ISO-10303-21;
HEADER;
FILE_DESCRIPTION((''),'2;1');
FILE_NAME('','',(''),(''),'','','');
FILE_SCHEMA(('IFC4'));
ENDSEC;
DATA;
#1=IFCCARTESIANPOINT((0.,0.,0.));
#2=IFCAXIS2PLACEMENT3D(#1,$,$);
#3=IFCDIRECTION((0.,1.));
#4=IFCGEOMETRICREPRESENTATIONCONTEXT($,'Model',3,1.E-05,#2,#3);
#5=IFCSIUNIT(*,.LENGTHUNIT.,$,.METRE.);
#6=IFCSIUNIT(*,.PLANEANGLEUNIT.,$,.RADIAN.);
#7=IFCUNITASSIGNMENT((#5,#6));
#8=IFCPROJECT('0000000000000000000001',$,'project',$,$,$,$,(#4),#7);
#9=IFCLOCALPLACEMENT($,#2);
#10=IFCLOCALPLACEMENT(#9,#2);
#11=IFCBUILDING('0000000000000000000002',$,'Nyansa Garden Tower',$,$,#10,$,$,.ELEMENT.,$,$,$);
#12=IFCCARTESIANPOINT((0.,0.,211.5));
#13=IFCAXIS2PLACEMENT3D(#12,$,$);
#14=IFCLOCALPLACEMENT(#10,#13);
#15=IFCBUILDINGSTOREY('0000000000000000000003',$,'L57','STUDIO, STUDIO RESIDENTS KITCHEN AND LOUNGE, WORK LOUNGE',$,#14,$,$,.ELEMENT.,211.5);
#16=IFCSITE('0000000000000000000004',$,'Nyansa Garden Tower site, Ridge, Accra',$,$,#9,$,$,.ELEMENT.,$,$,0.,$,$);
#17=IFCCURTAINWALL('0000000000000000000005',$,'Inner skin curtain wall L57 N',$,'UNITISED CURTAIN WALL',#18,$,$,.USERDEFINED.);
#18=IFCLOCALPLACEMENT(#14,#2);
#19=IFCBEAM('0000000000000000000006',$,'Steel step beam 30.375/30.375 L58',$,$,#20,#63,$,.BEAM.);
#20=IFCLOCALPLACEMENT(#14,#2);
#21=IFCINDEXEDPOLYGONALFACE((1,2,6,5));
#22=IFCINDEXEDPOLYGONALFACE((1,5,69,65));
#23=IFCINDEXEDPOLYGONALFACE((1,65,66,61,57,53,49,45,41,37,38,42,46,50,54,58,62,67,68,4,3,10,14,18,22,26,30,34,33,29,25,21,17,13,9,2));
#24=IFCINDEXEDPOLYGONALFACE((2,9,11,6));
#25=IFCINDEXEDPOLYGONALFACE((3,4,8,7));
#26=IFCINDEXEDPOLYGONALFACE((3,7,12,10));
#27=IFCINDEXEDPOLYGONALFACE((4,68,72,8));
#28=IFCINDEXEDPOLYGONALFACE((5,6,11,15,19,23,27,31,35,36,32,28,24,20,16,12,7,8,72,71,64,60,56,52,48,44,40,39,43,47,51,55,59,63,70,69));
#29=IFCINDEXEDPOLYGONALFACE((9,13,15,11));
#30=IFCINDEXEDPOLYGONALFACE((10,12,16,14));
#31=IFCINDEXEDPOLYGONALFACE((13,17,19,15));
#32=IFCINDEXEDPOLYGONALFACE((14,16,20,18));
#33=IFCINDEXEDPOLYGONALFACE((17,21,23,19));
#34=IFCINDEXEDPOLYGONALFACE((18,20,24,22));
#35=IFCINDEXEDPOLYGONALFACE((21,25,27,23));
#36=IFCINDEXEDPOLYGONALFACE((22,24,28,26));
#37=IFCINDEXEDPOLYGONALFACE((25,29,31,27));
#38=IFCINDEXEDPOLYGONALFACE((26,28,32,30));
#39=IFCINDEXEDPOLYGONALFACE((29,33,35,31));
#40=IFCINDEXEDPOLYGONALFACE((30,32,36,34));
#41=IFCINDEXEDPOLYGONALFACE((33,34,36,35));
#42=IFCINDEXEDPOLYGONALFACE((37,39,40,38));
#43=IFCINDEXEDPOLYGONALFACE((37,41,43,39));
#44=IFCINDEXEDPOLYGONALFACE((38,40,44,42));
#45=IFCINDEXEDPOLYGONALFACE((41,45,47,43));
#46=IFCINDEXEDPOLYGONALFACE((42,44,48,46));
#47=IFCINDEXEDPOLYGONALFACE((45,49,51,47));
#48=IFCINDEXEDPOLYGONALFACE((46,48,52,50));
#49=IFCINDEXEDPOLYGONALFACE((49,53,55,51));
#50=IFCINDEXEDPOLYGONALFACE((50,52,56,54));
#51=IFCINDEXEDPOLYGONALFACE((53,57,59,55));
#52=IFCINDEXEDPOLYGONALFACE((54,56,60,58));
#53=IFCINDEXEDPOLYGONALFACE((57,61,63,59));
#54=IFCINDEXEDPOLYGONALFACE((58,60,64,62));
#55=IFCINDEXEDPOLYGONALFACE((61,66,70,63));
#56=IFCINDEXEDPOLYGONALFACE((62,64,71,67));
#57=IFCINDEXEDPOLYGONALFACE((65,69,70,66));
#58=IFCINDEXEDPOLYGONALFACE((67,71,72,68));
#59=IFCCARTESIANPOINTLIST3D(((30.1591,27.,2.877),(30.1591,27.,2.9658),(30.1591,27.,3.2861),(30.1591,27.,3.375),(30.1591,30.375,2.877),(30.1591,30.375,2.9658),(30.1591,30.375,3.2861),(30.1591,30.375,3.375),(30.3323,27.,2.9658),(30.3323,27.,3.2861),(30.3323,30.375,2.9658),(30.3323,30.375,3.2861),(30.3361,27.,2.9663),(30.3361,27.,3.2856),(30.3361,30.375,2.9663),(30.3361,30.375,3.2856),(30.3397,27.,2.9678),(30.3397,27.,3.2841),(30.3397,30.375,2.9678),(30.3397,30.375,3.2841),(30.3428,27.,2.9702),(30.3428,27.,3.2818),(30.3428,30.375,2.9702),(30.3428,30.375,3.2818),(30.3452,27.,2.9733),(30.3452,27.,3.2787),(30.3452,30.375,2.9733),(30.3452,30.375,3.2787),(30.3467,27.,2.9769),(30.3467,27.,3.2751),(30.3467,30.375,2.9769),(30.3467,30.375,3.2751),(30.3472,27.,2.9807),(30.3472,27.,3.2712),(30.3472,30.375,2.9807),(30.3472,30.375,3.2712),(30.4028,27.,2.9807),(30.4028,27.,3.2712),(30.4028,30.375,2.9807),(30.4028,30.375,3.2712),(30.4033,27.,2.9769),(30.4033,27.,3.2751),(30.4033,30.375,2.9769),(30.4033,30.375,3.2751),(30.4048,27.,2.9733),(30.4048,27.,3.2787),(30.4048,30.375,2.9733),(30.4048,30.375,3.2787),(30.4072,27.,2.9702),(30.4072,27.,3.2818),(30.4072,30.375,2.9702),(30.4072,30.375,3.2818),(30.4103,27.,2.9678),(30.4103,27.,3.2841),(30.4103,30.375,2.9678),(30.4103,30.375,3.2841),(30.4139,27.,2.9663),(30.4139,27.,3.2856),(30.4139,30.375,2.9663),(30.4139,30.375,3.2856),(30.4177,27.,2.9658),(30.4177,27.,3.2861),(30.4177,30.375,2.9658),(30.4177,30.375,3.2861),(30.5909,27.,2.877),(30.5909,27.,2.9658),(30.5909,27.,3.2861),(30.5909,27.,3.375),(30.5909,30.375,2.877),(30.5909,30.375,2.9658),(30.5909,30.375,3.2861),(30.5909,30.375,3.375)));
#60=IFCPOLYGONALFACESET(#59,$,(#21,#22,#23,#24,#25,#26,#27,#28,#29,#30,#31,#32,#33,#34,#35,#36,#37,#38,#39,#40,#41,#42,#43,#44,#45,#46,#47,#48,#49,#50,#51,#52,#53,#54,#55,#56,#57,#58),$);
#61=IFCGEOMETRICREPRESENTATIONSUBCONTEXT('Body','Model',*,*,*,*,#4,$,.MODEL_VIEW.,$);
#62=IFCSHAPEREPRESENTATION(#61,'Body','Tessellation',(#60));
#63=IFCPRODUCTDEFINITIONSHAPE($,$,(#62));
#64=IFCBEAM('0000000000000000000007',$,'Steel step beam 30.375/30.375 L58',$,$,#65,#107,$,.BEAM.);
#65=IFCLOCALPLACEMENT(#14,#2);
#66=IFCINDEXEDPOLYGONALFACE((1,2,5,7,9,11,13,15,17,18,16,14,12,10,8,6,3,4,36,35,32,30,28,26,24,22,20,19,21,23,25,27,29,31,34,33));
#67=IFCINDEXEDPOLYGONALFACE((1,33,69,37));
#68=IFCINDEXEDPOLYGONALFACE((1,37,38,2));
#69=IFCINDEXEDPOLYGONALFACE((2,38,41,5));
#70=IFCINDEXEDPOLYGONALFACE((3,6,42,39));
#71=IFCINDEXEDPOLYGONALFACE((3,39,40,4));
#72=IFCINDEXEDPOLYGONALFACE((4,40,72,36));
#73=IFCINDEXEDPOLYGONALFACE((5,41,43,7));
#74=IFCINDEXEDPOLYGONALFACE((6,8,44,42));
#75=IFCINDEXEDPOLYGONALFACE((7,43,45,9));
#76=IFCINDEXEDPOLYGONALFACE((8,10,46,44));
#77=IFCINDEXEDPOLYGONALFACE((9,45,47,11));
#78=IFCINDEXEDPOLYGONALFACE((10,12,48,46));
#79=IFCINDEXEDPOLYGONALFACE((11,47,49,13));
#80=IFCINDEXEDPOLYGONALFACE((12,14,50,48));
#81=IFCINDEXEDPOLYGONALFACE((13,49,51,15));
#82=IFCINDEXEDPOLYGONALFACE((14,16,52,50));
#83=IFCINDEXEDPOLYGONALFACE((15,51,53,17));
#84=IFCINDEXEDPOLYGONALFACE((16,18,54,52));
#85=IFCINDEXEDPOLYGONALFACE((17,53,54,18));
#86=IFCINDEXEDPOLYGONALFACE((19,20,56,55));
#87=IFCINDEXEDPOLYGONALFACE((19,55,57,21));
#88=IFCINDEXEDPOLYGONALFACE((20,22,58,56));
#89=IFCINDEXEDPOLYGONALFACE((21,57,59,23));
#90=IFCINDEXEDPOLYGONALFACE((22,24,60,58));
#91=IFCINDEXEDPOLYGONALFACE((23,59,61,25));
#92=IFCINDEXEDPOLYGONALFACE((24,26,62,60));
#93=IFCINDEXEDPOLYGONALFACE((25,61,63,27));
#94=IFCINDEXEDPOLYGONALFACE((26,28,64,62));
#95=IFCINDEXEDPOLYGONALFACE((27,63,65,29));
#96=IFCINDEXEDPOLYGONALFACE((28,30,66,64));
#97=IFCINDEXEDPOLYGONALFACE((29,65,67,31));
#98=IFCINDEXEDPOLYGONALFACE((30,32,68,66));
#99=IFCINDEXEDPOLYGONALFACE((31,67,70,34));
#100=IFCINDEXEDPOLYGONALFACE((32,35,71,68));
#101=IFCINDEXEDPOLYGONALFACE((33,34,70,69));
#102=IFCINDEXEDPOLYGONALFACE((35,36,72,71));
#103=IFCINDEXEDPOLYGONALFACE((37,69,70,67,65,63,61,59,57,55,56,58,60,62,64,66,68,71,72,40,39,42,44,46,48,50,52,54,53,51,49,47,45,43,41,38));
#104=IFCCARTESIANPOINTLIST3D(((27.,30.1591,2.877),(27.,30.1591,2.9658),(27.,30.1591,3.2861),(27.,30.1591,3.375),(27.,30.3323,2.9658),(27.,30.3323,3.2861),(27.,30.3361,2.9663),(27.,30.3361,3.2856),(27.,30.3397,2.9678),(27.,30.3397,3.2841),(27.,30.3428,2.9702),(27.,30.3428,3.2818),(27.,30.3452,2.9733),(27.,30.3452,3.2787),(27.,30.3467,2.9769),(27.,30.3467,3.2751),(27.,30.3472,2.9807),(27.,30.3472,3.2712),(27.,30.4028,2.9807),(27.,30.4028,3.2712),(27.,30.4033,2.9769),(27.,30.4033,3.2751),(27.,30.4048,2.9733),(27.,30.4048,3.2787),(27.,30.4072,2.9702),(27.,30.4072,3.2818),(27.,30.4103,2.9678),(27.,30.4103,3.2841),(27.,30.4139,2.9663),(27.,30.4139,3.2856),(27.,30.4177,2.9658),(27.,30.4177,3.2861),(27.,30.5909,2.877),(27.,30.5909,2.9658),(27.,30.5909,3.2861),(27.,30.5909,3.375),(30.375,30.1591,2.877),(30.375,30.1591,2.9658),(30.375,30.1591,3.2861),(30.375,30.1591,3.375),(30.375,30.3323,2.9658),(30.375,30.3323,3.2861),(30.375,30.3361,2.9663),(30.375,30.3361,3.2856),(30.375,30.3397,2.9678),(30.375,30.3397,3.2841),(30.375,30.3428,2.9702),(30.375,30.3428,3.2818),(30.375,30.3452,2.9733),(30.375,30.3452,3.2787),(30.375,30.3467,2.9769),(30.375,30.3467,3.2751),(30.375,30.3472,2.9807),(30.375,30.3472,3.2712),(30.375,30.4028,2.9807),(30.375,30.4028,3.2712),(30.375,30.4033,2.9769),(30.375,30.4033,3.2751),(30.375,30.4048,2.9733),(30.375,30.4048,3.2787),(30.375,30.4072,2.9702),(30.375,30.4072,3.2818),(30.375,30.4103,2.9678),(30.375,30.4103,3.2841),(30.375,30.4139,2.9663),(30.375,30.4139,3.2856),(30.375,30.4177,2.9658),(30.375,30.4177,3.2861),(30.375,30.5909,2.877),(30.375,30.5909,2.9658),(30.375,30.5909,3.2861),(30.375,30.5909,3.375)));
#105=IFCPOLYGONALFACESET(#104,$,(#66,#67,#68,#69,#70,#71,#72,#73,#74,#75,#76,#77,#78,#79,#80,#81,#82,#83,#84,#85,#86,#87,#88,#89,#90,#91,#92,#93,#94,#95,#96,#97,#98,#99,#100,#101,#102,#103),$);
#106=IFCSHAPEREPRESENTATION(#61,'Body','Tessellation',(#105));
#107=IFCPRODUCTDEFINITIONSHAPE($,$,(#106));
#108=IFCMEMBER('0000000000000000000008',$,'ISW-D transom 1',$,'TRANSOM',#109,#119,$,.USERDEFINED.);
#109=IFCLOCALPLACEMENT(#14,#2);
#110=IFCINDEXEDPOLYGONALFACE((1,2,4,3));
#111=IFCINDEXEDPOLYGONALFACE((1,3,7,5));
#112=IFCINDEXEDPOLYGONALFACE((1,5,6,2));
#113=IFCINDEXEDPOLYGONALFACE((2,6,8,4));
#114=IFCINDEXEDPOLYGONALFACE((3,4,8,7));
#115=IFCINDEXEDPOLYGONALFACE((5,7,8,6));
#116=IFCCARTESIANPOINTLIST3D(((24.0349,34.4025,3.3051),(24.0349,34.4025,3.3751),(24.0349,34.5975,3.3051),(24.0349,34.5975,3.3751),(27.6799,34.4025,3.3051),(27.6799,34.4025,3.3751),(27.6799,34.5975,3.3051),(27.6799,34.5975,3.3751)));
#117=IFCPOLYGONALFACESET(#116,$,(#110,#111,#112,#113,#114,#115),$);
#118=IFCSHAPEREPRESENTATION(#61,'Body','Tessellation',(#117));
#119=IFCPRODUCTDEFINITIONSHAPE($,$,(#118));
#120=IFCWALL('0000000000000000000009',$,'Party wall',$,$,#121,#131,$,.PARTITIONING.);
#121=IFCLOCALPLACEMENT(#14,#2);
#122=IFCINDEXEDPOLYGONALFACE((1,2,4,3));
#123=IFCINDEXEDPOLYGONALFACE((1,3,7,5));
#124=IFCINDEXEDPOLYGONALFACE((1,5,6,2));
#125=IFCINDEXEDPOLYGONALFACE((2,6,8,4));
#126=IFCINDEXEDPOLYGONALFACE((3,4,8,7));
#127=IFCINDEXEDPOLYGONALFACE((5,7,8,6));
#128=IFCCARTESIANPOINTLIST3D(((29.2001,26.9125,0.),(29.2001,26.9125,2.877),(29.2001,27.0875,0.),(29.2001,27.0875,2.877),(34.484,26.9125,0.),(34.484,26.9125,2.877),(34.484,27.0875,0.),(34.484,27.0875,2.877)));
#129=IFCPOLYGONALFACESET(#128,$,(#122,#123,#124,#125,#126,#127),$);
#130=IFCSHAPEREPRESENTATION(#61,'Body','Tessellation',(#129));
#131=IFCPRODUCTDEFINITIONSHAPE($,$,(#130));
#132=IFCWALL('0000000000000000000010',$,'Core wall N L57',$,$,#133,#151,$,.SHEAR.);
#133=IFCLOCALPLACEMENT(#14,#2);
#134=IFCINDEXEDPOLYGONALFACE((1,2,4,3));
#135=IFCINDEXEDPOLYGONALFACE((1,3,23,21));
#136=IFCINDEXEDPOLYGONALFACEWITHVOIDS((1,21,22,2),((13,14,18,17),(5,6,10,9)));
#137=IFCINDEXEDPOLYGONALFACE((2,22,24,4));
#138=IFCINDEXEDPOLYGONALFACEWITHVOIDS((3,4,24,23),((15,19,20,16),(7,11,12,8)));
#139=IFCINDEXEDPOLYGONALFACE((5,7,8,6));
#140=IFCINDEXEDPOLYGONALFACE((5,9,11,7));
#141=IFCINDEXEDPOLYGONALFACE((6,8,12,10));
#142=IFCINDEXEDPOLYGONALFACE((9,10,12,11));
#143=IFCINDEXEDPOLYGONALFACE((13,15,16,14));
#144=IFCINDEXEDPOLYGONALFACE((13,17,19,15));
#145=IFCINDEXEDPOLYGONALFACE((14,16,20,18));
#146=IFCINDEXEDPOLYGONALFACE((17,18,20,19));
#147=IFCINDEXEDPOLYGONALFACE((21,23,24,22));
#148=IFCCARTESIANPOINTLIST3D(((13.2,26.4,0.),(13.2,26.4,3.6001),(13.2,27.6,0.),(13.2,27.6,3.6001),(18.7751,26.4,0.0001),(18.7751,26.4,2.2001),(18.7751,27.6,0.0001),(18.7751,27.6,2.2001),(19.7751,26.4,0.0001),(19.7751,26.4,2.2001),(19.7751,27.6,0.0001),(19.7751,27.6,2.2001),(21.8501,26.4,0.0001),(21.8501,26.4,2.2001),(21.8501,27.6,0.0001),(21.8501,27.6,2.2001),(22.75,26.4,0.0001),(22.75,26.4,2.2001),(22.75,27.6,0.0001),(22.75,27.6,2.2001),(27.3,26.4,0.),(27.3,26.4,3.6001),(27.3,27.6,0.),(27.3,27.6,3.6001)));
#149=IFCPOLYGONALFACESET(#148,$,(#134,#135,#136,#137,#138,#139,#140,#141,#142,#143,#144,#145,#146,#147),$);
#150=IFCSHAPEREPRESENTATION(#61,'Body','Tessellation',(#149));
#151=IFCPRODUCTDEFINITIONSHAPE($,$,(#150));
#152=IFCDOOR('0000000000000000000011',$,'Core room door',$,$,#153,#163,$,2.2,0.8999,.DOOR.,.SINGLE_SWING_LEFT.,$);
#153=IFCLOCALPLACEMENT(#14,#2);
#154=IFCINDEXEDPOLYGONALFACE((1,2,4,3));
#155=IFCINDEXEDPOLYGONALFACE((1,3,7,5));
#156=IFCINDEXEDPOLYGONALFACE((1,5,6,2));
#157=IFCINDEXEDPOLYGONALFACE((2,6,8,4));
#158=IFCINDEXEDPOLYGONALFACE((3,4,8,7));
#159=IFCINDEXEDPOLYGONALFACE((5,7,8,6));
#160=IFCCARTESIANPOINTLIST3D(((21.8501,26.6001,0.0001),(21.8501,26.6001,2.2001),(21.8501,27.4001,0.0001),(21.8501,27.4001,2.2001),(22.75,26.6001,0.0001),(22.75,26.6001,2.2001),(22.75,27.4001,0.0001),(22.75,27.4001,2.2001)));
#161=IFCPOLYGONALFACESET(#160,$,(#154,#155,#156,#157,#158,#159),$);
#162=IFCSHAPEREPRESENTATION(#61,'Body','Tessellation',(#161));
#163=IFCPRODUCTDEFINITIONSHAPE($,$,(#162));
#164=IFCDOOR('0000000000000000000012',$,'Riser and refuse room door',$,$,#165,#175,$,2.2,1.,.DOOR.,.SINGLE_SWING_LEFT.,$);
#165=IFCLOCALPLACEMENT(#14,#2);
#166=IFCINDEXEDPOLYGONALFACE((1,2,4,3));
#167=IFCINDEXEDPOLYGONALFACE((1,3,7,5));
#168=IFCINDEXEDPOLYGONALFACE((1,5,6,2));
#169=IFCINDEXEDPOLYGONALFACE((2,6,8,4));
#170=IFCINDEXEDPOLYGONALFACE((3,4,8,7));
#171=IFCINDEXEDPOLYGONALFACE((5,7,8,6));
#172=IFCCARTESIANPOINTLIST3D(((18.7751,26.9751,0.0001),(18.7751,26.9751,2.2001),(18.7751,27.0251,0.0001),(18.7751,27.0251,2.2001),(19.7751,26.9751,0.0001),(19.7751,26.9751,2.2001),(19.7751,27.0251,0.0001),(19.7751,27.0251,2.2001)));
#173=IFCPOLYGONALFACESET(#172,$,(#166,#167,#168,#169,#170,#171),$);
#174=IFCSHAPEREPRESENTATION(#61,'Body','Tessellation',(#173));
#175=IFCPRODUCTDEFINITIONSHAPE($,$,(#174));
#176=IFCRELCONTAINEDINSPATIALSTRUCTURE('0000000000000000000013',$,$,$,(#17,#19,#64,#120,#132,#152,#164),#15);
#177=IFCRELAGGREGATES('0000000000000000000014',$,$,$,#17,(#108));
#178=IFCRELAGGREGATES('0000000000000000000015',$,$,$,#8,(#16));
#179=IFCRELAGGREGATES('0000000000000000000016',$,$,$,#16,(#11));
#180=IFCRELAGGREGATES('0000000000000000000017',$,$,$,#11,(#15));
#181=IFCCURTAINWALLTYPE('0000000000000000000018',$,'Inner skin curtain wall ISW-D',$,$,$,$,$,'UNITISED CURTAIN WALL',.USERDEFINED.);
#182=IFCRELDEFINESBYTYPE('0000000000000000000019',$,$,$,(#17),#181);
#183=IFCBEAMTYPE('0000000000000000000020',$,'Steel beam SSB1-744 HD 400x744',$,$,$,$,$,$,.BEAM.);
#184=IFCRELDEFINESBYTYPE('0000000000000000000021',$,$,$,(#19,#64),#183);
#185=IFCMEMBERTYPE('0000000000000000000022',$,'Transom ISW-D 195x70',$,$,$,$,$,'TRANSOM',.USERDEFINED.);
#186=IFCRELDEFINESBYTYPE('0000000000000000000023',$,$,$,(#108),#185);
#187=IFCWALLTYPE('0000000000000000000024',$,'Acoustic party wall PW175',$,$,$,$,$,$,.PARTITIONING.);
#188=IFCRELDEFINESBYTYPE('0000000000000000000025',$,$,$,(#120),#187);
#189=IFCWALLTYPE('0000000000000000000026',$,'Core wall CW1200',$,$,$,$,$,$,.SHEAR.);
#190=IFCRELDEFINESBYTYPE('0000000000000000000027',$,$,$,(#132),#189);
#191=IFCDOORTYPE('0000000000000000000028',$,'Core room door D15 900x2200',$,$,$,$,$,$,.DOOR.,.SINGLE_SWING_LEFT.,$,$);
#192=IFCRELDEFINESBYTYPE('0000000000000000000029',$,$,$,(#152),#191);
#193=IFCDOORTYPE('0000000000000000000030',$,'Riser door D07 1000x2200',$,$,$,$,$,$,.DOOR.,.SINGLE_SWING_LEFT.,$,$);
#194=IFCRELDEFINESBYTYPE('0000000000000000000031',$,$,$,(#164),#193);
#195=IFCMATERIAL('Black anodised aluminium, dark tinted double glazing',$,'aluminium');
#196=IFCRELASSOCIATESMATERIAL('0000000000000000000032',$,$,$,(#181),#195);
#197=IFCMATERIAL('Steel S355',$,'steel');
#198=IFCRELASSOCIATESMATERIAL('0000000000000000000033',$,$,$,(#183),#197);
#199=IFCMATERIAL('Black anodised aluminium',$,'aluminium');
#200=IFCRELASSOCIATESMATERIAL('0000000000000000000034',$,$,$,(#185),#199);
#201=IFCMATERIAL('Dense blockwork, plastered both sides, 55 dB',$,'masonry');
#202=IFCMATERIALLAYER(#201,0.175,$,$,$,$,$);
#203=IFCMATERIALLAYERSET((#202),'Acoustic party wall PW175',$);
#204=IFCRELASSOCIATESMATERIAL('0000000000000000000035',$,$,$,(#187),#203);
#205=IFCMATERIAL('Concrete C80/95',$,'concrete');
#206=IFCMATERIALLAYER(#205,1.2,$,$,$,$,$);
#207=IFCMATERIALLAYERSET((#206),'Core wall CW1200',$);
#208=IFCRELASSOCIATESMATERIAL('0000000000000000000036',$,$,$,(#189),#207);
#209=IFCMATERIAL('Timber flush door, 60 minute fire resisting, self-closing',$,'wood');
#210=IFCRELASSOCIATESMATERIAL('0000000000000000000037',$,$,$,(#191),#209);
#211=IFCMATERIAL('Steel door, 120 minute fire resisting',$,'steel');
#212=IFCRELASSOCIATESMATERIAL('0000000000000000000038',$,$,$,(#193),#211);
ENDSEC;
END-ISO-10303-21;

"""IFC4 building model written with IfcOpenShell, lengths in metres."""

from ifc_helpers import new_model, si_unit, direction, frame, frame_2d, origin, origin_2d, place, context, subcontext, project, spatial, rectangle, i_section, extrude, material, layer, layer_set, material_profile, profile_set, type_object, element, fill, aggregate, save


model = new_model("IFC4")

# Units and contexts
model_context = context("Model", 3, precision=1e-05, world=origin(), true_north=direction((0.0, 1.0)))
body_context = subcontext(model_context, "Body", "Model", "MODEL_VIEW")
ifc_project = project(units=[si_unit("LENGTHUNIT", "METRE"), si_unit("PLANEANGLEUNIT", "RADIAN")], contexts=[model_context])

# Site, building, storey
site_placement = place(None, origin())
site = spatial("IfcSite", under=ifc_project, at=site_placement, Name="Nyansa Garden Tower site, Ridge, Accra", CompositionType="ELEMENT", RefElevation=0.0)
building_placement = place(site_placement, origin())
building = spatial("IfcBuilding", under=site, at=building_placement, Name="Nyansa Garden Tower", CompositionType="ELEMENT")
storey_placement = place(building_placement, frame((0.0, 0.0, 211.5)))
storey = spatial("IfcBuildingStorey", under=building, at=storey_placement, Name="L57", Description="STUDIO, STUDIO RESIDENTS KITCHEN AND LOUNGE, WORK LOUNGE", CompositionType="ELEMENT", Elevation=211.5)

# Curtain wall
ifc_material_1 = material(Name="Black anodised aluminium, dark tinted double glazing", Category="aluminium")
curtain_wall_type = type_object("IfcCurtainWallType", Name="Inner skin curtain wall ISW-D", ElementType="UNITISED CURTAIN WALL", PredefinedType="USERDEFINED", material=ifc_material_1)
curtain_wall_1_placement = place(storey_placement, origin())
curtain_wall_1 = element("IfcCurtainWall", 1, at=curtain_wall_1_placement, inside=storey, type_object=curtain_wall_type, Name="Inner skin curtain wall L57 N", ObjectType="UNITISED CURTAIN WALL", PredefinedType="USERDEFINED")

# Beams
ifc_material_2 = material(Name="Steel S355", Category="steel")
ifc_material_profile_1 = material_profile(ifc_material_2, i_section(OverallWidth=0.4319, OverallDepth=0.498, WebThickness=0.0557, FlangeThickness=0.0889, FilletRadius=0.0149, at=origin_2d()), Name="HD 400x744")
ifc_profile_set_1 = profile_set([ifc_material_profile_1], Name="Steel S355")
beam_type_1 = type_object("IfcBeamType", Name="Steel beam SSB1-744 HD 400x744", PredefinedType="BEAM", material=ifc_profile_set_1)
for number, where, z_axis, x_axis, name in (
    (2, (30.375, 30.375, 3.126), (0.0, -1.0, 0.0), (1.0, 0.0, 0.0), "Steel step beam 30.375/30.375 L58"),
    (3, (30.375, 30.375, 3.126), (-1.0, 0.0, 0.0), (0.0, -1.0, 0.0), "Steel step beam 30.375/30.375 L58"),
):
    element("IfcBeam", number, at=place(storey_placement, frame(where, z_axis=z_axis, x_axis=x_axis)), inside=storey, type_object=beam_type_1, Name=name, PredefinedType="BEAM", context=body_context, shape_type="SweptSolid", body=[
        extrude(i_section(OverallWidth=0.4319, OverallDepth=0.498, WebThickness=0.0557, FlangeThickness=0.0889, FilletRadius=0.0149, at=origin_2d()), origin(), (0.0, 0.0, 1.0), 3.375),
    ])

# Member
ifc_material_3 = material(Name="Black anodised aluminium", Category="aluminium")
ifc_material_profile_2 = material_profile(ifc_material_3, rectangle(XDim=0.1951, YDim=0.0701, at=origin_2d()), Name="Transom 195x70")
ifc_profile_set_2 = profile_set([ifc_material_profile_2], Name="Black anodised aluminium")
member_type_1 = type_object("IfcMemberType", Name="Transom ISW-D 195x70", ElementType="TRANSOM", PredefinedType="USERDEFINED", material=ifc_profile_set_2)
member_1_placement = place(storey_placement, frame((27.6799, 34.5, 3.3401), z_axis=(-1.0, 0.0, 0.0), x_axis=(0.0, -1.0, 0.0)))
member_1 = element("IfcMember", 4, at=member_1_placement, type_object=member_type_1, Name="ISW-D transom 1", ObjectType="TRANSOM", PredefinedType="USERDEFINED", context=body_context, shape_type="SweptSolid", body=[
    extrude(rectangle(XDim=0.1951, YDim=0.0701, at=origin_2d()), origin(), (0.0, 0.0, 1.0), 3.645),
])
aggregate(curtain_wall_1, [member_1])

# Wall
ifc_material_4 = material(Name="Dense blockwork, plastered both sides, 55 dB", Category="masonry")
ifc_layer_1 = layer(ifc_material_4, 0.175)
ifc_layer_set_1 = layer_set([ifc_layer_1], Name="Acoustic party wall PW175")
wall_type_1 = type_object("IfcWallType", Name="Acoustic party wall PW175", PredefinedType="PARTITIONING", material=ifc_layer_set_1)
wall_1_placement = place(storey_placement, frame((29.2, 27.0, 0.0), z_axis=(0.0, 0.0, 1.0), x_axis=(1.0, 0.0, 0.0)))
element("IfcWall", 5, at=wall_1_placement, inside=storey, type_object=wall_type_1, Name="Party wall", PredefinedType="PARTITIONING", context=body_context, shape_type="SweptSolid", body=[
    extrude(rectangle(XDim=5.2839, YDim=0.175, at=frame_2d((2.6421, 0.0))), origin(), (0.0, 0.0, 1.0), 2.877),
])

# Wall, openings, doors
ifc_material_5 = material(Name="Concrete C80/95", Category="concrete")
ifc_layer_2 = layer(ifc_material_5, 1.2)
ifc_layer_set_2 = layer_set([ifc_layer_2], Name="Core wall CW1200")
wall_type_2 = type_object("IfcWallType", Name="Core wall CW1200", PredefinedType="SHEAR", material=ifc_layer_set_2)
wall_2_placement = place(storey_placement, frame((27.3, 27.0, 0.0), z_axis=(0.0, 0.0, 1.0), x_axis=(-1.0, 0.0, 0.0)))
wall_2 = element("IfcWall", 6, at=wall_2_placement, inside=storey, type_object=wall_type_2, Name="Core wall N L57", PredefinedType="SHEAR", context=body_context, shape_type="SweptSolid", body=[
    extrude(rectangle(XDim=14.1001, YDim=1.2, at=frame_2d((7.05, 0.0))), origin(), (0.0, 0.0, 1.0), 3.6001),
])
opening_1_placement = place(wall_2_placement, frame((4.55, 0.0, 0.0)))
opening_1 = element("IfcOpeningElement", 7, at=opening_1_placement, cuts=wall_2, PredefinedType="OPENING", context=body_context, shape_type="SweptSolid", body=[
    extrude(rectangle(XDim=0.8999, YDim=2.2, at=frame_2d((0.45, 1.1001))), frame((0.0, 0.6099, 0.0), z_axis=(0.0, -1.0, 0.0), x_axis=(1.0, 0.0, 0.0)), (0.0, 0.0, 1.0), 1.22),
])
opening_2_placement = place(wall_2_placement, frame((7.5249, 0.0, 0.0)))
opening_2 = element("IfcOpeningElement", 8, at=opening_2_placement, cuts=wall_2, PredefinedType="OPENING", context=body_context, shape_type="SweptSolid", body=[
    extrude(rectangle(XDim=1.0, YDim=2.2, at=frame_2d((0.5, 1.1001))), frame((0.0, 0.6099, 0.0), z_axis=(0.0, -1.0, 0.0), x_axis=(1.0, 0.0, 0.0)), (0.0, 0.0, 1.0), 1.22),
])
ifc_material_6 = material(Name="Timber flush door, 60 minute fire resisting, self-closing", Category="wood")
door_type_1 = type_object("IfcDoorType", Name="Core room door D15 900x2200", OperationType="SINGLE_SWING_LEFT", PredefinedType="DOOR", material=ifc_material_6)
door_1_placement = place(opening_1_placement, origin())
door_1 = element("IfcDoor", 9, at=door_1_placement, inside=storey, type_object=door_type_1, Name="Core room door", OperationType="SINGLE_SWING_LEFT", OverallHeight=2.2, OverallWidth=0.8999, PredefinedType="DOOR", context=body_context, shape_type="SweptSolid", body=[
    extrude(rectangle(XDim=0.8999, YDim=2.2, at=frame_2d((0.45, 1.1001))), frame((0.0, 0.3999, 0.0), z_axis=(0.0, -1.0, 0.0), x_axis=(1.0, 0.0, 0.0)), (0.0, 0.0, 1.0), 0.8),
])
fill(opening_1, door_1)
ifc_material_7 = material(Name="Steel door, 120 minute fire resisting", Category="steel")
door_type_2 = type_object("IfcDoorType", Name="Riser door D07 1000x2200", OperationType="SINGLE_SWING_LEFT", PredefinedType="DOOR", material=ifc_material_7)
door_2_placement = place(opening_2_placement, origin())
door_2 = element("IfcDoor", 10, at=door_2_placement, inside=storey, type_object=door_type_2, Name="Riser and refuse room door", OperationType="SINGLE_SWING_LEFT", OverallHeight=2.2, OverallWidth=1.0, PredefinedType="DOOR", context=body_context, shape_type="SweptSolid", body=[
    extrude(rectangle(XDim=1.0, YDim=2.2, at=frame_2d((0.5, 1.1001))), frame((0.0, 0.0249, 0.0), z_axis=(0.0, -1.0, 0.0), x_axis=(1.0, 0.0, 0.0)), (0.0, 0.0, 1.0), 0.05),
])
fill(opening_2, door_2)

save(model, "model.ifc")
